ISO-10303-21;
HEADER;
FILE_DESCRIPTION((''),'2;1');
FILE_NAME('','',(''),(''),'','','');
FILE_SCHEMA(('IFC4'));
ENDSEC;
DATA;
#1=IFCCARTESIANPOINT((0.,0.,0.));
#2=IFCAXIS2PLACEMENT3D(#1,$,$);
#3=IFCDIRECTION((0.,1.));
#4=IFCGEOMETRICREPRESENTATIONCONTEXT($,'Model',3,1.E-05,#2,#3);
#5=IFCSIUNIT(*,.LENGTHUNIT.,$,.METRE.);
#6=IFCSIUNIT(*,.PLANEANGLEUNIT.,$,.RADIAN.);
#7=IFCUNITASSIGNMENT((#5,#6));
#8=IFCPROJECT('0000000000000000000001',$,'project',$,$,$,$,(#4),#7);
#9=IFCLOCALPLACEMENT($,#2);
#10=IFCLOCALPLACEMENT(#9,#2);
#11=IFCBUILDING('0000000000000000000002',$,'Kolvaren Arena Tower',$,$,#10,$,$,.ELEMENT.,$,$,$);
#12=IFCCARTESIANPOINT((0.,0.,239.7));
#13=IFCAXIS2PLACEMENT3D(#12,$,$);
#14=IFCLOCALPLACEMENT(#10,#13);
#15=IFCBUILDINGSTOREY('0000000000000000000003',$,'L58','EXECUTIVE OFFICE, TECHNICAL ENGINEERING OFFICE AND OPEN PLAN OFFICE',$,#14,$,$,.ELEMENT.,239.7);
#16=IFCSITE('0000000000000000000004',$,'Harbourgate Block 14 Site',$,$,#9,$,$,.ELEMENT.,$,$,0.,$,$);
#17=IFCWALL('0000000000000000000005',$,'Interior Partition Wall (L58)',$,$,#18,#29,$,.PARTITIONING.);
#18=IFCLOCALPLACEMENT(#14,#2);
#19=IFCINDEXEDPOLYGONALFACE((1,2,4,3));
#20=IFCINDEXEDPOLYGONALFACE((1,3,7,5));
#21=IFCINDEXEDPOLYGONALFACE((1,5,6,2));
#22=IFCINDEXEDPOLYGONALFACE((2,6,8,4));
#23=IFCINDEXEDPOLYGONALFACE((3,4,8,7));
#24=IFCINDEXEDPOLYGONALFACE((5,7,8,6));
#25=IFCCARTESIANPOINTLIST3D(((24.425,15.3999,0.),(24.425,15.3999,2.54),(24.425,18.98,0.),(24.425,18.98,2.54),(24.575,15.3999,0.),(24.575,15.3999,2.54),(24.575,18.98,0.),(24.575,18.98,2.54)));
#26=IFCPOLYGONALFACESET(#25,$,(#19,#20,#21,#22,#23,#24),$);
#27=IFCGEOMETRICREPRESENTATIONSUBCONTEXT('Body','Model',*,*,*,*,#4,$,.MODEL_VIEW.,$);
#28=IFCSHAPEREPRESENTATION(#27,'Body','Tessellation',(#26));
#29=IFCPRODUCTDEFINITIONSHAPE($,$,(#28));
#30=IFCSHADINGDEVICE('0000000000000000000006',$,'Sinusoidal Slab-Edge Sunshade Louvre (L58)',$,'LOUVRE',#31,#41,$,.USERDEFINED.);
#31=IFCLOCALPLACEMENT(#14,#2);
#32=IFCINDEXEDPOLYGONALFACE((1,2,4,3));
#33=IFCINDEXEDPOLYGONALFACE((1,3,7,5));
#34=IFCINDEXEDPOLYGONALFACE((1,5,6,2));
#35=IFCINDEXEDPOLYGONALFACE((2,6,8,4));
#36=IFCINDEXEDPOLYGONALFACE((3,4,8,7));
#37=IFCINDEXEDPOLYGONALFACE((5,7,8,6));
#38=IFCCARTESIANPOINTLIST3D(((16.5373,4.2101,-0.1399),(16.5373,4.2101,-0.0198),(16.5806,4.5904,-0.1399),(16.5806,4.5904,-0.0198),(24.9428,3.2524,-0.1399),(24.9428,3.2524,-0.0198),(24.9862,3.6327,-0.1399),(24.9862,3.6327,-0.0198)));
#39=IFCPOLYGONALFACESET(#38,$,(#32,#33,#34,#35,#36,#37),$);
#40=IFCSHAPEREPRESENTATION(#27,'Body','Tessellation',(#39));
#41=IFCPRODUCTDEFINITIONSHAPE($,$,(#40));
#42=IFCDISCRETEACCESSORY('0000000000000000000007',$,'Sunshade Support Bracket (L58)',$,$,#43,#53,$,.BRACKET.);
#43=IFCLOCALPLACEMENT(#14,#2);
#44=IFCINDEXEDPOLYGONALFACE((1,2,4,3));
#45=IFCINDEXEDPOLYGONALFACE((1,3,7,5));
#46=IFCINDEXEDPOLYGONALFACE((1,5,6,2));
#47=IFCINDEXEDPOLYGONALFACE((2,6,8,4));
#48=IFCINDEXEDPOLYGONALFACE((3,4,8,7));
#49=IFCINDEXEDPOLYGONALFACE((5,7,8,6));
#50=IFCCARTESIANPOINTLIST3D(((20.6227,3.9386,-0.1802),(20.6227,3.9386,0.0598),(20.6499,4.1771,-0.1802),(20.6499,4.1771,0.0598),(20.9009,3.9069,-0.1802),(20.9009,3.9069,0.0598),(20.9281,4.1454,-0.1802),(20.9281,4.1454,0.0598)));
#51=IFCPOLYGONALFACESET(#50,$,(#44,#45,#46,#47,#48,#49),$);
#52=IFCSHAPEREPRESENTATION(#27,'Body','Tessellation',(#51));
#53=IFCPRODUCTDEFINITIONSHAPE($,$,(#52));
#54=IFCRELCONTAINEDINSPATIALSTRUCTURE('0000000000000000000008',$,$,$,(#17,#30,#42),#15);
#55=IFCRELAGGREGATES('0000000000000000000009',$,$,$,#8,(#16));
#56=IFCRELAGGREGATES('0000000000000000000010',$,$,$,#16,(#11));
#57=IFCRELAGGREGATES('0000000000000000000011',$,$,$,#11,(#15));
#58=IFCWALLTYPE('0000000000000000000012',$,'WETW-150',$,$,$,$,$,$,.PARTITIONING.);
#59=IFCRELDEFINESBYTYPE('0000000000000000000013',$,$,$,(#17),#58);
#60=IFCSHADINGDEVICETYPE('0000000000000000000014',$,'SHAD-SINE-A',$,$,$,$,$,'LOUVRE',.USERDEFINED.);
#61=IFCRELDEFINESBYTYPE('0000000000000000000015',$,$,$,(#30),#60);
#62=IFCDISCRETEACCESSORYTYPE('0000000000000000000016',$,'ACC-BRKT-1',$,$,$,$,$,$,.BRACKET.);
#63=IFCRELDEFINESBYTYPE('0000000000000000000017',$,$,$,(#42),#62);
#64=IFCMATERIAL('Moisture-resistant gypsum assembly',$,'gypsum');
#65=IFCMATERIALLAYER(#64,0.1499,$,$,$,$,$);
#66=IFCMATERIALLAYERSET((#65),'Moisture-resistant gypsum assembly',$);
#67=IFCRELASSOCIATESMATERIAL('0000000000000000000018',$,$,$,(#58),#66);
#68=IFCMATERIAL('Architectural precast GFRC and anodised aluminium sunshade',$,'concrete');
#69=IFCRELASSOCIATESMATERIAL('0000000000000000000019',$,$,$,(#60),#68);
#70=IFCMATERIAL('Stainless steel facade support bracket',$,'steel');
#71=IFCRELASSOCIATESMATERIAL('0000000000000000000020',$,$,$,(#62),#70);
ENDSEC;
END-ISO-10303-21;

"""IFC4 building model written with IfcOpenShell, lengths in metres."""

from ifc_helpers import new_model, si_unit, direction, frame, frame_2d, origin, origin_2d, place, context, subcontext, project, spatial, rectangle, extrude, material, layer, layer_set, type_object, element, save


model = new_model("IFC4")

# Units and contexts
model_context = context("Model", 3, precision=1e-05, world=origin(), true_north=direction((0.0, 1.0)))
body_context = subcontext(model_context, "Body", "Model", "MODEL_VIEW")
ifc_project = project(units=[si_unit("LENGTHUNIT", "METRE"), si_unit("PLANEANGLEUNIT", "RADIAN")], contexts=[model_context])

# Site, building, storey
site_placement = place(None, origin())
site = spatial("IfcSite", under=ifc_project, at=site_placement, Name="Harbourgate Block 14 Site", CompositionType="ELEMENT", RefElevation=0.0)
building_placement = place(site_placement, origin())
building = spatial("IfcBuilding", under=site, at=building_placement, Name="Kolvaren Arena Tower", CompositionType="ELEMENT")
storey_placement = place(building_placement, frame((0.0, 0.0, 239.7)))
storey = spatial("IfcBuildingStorey", under=building, at=storey_placement, Name="L58", Description="EXECUTIVE OFFICE, TECHNICAL ENGINEERING OFFICE AND OPEN PLAN OFFICE", CompositionType="ELEMENT", Elevation=239.7)

# Wall
ifc_material_1 = material(Name="Moisture-resistant gypsum assembly", Category="gypsum")
ifc_layer_1 = layer(ifc_material_1, 0.1499)
ifc_layer_set_1 = layer_set([ifc_layer_1], Name="Moisture-resistant gypsum assembly")
wall_type_1 = type_object("IfcWallType", Name="WETW-150", PredefinedType="PARTITIONING", material=ifc_layer_set_1)
for number, where, z_axis, x_axis, name in (
    (1, (24.5, 15.3999, 0.0), (0.0, 0.0, 1.0), (0.0, 1.0, 0.0), "Interior Partition Wall (L58)"),
):
    element("IfcWall", number, at=place(storey_placement, frame(where, z_axis=z_axis, x_axis=x_axis)), inside=storey, type_object=wall_type_1, Name=name, PredefinedType="PARTITIONING", context=body_context, shape_type="SweptSolid", body=[
        extrude(rectangle(XDim=3.5801, YDim=0.1499, at=frame_2d((1.79, 0.0))), origin(), (0.0, 0.0, 1.0), 2.54),
    ])

# Shading device
ifc_material_2 = material(Name="Architectural precast GFRC and anodised aluminium sunshade", Category="concrete")
shading_device_type = type_object("IfcShadingDeviceType", Name="SHAD-SINE-A", ElementType="LOUVRE", PredefinedType="USERDEFINED", material=ifc_material_2)
shading_device_placement = place(storey_placement, frame((20.7617, 3.9214, -0.1399), z_axis=(0.0, 0.0, 1.0), x_axis=(-0.993572, 0.113205, 0.0)))
element("IfcShadingDevice", 2, at=shading_device_placement, inside=storey, type_object=shading_device_type, Name="Sinusoidal Slab-Edge Sunshade Louvre (L58)", ObjectType="LOUVRE", PredefinedType="USERDEFINED", context=body_context, shape_type="SweptSolid", body=[
    extrude(rectangle(XDim=8.46, YDim=0.3828, at=origin_2d()), origin(), (0.0, 0.0, 1.0), 0.1201),
])

# Discrete accessory
ifc_material_3 = material(Name="Stainless steel facade support bracket", Category="steel")
discrete_accessory_type = type_object("IfcDiscreteAccessoryType", Name="ACC-BRKT-1", PredefinedType="BRACKET", material=ifc_material_3)
discrete_accessory_placement = place(storey_placement, frame((20.7754, 4.042, -0.1802), z_axis=(0.0, 0.0, 1.0), x_axis=(-0.993572, 0.113205, 0.0)))
element("IfcDiscreteAccessory", 3, at=discrete_accessory_placement, inside=storey, type_object=discrete_accessory_type, Name="Sunshade Support Bracket (L58)", PredefinedType="BRACKET", context=body_context, shape_type="SweptSolid", body=[
    extrude(rectangle(XDim=0.28, YDim=0.24, at=origin_2d()), origin(), (0.0, 0.0, 1.0), 0.24),
])

save(model, "model.ifc")
